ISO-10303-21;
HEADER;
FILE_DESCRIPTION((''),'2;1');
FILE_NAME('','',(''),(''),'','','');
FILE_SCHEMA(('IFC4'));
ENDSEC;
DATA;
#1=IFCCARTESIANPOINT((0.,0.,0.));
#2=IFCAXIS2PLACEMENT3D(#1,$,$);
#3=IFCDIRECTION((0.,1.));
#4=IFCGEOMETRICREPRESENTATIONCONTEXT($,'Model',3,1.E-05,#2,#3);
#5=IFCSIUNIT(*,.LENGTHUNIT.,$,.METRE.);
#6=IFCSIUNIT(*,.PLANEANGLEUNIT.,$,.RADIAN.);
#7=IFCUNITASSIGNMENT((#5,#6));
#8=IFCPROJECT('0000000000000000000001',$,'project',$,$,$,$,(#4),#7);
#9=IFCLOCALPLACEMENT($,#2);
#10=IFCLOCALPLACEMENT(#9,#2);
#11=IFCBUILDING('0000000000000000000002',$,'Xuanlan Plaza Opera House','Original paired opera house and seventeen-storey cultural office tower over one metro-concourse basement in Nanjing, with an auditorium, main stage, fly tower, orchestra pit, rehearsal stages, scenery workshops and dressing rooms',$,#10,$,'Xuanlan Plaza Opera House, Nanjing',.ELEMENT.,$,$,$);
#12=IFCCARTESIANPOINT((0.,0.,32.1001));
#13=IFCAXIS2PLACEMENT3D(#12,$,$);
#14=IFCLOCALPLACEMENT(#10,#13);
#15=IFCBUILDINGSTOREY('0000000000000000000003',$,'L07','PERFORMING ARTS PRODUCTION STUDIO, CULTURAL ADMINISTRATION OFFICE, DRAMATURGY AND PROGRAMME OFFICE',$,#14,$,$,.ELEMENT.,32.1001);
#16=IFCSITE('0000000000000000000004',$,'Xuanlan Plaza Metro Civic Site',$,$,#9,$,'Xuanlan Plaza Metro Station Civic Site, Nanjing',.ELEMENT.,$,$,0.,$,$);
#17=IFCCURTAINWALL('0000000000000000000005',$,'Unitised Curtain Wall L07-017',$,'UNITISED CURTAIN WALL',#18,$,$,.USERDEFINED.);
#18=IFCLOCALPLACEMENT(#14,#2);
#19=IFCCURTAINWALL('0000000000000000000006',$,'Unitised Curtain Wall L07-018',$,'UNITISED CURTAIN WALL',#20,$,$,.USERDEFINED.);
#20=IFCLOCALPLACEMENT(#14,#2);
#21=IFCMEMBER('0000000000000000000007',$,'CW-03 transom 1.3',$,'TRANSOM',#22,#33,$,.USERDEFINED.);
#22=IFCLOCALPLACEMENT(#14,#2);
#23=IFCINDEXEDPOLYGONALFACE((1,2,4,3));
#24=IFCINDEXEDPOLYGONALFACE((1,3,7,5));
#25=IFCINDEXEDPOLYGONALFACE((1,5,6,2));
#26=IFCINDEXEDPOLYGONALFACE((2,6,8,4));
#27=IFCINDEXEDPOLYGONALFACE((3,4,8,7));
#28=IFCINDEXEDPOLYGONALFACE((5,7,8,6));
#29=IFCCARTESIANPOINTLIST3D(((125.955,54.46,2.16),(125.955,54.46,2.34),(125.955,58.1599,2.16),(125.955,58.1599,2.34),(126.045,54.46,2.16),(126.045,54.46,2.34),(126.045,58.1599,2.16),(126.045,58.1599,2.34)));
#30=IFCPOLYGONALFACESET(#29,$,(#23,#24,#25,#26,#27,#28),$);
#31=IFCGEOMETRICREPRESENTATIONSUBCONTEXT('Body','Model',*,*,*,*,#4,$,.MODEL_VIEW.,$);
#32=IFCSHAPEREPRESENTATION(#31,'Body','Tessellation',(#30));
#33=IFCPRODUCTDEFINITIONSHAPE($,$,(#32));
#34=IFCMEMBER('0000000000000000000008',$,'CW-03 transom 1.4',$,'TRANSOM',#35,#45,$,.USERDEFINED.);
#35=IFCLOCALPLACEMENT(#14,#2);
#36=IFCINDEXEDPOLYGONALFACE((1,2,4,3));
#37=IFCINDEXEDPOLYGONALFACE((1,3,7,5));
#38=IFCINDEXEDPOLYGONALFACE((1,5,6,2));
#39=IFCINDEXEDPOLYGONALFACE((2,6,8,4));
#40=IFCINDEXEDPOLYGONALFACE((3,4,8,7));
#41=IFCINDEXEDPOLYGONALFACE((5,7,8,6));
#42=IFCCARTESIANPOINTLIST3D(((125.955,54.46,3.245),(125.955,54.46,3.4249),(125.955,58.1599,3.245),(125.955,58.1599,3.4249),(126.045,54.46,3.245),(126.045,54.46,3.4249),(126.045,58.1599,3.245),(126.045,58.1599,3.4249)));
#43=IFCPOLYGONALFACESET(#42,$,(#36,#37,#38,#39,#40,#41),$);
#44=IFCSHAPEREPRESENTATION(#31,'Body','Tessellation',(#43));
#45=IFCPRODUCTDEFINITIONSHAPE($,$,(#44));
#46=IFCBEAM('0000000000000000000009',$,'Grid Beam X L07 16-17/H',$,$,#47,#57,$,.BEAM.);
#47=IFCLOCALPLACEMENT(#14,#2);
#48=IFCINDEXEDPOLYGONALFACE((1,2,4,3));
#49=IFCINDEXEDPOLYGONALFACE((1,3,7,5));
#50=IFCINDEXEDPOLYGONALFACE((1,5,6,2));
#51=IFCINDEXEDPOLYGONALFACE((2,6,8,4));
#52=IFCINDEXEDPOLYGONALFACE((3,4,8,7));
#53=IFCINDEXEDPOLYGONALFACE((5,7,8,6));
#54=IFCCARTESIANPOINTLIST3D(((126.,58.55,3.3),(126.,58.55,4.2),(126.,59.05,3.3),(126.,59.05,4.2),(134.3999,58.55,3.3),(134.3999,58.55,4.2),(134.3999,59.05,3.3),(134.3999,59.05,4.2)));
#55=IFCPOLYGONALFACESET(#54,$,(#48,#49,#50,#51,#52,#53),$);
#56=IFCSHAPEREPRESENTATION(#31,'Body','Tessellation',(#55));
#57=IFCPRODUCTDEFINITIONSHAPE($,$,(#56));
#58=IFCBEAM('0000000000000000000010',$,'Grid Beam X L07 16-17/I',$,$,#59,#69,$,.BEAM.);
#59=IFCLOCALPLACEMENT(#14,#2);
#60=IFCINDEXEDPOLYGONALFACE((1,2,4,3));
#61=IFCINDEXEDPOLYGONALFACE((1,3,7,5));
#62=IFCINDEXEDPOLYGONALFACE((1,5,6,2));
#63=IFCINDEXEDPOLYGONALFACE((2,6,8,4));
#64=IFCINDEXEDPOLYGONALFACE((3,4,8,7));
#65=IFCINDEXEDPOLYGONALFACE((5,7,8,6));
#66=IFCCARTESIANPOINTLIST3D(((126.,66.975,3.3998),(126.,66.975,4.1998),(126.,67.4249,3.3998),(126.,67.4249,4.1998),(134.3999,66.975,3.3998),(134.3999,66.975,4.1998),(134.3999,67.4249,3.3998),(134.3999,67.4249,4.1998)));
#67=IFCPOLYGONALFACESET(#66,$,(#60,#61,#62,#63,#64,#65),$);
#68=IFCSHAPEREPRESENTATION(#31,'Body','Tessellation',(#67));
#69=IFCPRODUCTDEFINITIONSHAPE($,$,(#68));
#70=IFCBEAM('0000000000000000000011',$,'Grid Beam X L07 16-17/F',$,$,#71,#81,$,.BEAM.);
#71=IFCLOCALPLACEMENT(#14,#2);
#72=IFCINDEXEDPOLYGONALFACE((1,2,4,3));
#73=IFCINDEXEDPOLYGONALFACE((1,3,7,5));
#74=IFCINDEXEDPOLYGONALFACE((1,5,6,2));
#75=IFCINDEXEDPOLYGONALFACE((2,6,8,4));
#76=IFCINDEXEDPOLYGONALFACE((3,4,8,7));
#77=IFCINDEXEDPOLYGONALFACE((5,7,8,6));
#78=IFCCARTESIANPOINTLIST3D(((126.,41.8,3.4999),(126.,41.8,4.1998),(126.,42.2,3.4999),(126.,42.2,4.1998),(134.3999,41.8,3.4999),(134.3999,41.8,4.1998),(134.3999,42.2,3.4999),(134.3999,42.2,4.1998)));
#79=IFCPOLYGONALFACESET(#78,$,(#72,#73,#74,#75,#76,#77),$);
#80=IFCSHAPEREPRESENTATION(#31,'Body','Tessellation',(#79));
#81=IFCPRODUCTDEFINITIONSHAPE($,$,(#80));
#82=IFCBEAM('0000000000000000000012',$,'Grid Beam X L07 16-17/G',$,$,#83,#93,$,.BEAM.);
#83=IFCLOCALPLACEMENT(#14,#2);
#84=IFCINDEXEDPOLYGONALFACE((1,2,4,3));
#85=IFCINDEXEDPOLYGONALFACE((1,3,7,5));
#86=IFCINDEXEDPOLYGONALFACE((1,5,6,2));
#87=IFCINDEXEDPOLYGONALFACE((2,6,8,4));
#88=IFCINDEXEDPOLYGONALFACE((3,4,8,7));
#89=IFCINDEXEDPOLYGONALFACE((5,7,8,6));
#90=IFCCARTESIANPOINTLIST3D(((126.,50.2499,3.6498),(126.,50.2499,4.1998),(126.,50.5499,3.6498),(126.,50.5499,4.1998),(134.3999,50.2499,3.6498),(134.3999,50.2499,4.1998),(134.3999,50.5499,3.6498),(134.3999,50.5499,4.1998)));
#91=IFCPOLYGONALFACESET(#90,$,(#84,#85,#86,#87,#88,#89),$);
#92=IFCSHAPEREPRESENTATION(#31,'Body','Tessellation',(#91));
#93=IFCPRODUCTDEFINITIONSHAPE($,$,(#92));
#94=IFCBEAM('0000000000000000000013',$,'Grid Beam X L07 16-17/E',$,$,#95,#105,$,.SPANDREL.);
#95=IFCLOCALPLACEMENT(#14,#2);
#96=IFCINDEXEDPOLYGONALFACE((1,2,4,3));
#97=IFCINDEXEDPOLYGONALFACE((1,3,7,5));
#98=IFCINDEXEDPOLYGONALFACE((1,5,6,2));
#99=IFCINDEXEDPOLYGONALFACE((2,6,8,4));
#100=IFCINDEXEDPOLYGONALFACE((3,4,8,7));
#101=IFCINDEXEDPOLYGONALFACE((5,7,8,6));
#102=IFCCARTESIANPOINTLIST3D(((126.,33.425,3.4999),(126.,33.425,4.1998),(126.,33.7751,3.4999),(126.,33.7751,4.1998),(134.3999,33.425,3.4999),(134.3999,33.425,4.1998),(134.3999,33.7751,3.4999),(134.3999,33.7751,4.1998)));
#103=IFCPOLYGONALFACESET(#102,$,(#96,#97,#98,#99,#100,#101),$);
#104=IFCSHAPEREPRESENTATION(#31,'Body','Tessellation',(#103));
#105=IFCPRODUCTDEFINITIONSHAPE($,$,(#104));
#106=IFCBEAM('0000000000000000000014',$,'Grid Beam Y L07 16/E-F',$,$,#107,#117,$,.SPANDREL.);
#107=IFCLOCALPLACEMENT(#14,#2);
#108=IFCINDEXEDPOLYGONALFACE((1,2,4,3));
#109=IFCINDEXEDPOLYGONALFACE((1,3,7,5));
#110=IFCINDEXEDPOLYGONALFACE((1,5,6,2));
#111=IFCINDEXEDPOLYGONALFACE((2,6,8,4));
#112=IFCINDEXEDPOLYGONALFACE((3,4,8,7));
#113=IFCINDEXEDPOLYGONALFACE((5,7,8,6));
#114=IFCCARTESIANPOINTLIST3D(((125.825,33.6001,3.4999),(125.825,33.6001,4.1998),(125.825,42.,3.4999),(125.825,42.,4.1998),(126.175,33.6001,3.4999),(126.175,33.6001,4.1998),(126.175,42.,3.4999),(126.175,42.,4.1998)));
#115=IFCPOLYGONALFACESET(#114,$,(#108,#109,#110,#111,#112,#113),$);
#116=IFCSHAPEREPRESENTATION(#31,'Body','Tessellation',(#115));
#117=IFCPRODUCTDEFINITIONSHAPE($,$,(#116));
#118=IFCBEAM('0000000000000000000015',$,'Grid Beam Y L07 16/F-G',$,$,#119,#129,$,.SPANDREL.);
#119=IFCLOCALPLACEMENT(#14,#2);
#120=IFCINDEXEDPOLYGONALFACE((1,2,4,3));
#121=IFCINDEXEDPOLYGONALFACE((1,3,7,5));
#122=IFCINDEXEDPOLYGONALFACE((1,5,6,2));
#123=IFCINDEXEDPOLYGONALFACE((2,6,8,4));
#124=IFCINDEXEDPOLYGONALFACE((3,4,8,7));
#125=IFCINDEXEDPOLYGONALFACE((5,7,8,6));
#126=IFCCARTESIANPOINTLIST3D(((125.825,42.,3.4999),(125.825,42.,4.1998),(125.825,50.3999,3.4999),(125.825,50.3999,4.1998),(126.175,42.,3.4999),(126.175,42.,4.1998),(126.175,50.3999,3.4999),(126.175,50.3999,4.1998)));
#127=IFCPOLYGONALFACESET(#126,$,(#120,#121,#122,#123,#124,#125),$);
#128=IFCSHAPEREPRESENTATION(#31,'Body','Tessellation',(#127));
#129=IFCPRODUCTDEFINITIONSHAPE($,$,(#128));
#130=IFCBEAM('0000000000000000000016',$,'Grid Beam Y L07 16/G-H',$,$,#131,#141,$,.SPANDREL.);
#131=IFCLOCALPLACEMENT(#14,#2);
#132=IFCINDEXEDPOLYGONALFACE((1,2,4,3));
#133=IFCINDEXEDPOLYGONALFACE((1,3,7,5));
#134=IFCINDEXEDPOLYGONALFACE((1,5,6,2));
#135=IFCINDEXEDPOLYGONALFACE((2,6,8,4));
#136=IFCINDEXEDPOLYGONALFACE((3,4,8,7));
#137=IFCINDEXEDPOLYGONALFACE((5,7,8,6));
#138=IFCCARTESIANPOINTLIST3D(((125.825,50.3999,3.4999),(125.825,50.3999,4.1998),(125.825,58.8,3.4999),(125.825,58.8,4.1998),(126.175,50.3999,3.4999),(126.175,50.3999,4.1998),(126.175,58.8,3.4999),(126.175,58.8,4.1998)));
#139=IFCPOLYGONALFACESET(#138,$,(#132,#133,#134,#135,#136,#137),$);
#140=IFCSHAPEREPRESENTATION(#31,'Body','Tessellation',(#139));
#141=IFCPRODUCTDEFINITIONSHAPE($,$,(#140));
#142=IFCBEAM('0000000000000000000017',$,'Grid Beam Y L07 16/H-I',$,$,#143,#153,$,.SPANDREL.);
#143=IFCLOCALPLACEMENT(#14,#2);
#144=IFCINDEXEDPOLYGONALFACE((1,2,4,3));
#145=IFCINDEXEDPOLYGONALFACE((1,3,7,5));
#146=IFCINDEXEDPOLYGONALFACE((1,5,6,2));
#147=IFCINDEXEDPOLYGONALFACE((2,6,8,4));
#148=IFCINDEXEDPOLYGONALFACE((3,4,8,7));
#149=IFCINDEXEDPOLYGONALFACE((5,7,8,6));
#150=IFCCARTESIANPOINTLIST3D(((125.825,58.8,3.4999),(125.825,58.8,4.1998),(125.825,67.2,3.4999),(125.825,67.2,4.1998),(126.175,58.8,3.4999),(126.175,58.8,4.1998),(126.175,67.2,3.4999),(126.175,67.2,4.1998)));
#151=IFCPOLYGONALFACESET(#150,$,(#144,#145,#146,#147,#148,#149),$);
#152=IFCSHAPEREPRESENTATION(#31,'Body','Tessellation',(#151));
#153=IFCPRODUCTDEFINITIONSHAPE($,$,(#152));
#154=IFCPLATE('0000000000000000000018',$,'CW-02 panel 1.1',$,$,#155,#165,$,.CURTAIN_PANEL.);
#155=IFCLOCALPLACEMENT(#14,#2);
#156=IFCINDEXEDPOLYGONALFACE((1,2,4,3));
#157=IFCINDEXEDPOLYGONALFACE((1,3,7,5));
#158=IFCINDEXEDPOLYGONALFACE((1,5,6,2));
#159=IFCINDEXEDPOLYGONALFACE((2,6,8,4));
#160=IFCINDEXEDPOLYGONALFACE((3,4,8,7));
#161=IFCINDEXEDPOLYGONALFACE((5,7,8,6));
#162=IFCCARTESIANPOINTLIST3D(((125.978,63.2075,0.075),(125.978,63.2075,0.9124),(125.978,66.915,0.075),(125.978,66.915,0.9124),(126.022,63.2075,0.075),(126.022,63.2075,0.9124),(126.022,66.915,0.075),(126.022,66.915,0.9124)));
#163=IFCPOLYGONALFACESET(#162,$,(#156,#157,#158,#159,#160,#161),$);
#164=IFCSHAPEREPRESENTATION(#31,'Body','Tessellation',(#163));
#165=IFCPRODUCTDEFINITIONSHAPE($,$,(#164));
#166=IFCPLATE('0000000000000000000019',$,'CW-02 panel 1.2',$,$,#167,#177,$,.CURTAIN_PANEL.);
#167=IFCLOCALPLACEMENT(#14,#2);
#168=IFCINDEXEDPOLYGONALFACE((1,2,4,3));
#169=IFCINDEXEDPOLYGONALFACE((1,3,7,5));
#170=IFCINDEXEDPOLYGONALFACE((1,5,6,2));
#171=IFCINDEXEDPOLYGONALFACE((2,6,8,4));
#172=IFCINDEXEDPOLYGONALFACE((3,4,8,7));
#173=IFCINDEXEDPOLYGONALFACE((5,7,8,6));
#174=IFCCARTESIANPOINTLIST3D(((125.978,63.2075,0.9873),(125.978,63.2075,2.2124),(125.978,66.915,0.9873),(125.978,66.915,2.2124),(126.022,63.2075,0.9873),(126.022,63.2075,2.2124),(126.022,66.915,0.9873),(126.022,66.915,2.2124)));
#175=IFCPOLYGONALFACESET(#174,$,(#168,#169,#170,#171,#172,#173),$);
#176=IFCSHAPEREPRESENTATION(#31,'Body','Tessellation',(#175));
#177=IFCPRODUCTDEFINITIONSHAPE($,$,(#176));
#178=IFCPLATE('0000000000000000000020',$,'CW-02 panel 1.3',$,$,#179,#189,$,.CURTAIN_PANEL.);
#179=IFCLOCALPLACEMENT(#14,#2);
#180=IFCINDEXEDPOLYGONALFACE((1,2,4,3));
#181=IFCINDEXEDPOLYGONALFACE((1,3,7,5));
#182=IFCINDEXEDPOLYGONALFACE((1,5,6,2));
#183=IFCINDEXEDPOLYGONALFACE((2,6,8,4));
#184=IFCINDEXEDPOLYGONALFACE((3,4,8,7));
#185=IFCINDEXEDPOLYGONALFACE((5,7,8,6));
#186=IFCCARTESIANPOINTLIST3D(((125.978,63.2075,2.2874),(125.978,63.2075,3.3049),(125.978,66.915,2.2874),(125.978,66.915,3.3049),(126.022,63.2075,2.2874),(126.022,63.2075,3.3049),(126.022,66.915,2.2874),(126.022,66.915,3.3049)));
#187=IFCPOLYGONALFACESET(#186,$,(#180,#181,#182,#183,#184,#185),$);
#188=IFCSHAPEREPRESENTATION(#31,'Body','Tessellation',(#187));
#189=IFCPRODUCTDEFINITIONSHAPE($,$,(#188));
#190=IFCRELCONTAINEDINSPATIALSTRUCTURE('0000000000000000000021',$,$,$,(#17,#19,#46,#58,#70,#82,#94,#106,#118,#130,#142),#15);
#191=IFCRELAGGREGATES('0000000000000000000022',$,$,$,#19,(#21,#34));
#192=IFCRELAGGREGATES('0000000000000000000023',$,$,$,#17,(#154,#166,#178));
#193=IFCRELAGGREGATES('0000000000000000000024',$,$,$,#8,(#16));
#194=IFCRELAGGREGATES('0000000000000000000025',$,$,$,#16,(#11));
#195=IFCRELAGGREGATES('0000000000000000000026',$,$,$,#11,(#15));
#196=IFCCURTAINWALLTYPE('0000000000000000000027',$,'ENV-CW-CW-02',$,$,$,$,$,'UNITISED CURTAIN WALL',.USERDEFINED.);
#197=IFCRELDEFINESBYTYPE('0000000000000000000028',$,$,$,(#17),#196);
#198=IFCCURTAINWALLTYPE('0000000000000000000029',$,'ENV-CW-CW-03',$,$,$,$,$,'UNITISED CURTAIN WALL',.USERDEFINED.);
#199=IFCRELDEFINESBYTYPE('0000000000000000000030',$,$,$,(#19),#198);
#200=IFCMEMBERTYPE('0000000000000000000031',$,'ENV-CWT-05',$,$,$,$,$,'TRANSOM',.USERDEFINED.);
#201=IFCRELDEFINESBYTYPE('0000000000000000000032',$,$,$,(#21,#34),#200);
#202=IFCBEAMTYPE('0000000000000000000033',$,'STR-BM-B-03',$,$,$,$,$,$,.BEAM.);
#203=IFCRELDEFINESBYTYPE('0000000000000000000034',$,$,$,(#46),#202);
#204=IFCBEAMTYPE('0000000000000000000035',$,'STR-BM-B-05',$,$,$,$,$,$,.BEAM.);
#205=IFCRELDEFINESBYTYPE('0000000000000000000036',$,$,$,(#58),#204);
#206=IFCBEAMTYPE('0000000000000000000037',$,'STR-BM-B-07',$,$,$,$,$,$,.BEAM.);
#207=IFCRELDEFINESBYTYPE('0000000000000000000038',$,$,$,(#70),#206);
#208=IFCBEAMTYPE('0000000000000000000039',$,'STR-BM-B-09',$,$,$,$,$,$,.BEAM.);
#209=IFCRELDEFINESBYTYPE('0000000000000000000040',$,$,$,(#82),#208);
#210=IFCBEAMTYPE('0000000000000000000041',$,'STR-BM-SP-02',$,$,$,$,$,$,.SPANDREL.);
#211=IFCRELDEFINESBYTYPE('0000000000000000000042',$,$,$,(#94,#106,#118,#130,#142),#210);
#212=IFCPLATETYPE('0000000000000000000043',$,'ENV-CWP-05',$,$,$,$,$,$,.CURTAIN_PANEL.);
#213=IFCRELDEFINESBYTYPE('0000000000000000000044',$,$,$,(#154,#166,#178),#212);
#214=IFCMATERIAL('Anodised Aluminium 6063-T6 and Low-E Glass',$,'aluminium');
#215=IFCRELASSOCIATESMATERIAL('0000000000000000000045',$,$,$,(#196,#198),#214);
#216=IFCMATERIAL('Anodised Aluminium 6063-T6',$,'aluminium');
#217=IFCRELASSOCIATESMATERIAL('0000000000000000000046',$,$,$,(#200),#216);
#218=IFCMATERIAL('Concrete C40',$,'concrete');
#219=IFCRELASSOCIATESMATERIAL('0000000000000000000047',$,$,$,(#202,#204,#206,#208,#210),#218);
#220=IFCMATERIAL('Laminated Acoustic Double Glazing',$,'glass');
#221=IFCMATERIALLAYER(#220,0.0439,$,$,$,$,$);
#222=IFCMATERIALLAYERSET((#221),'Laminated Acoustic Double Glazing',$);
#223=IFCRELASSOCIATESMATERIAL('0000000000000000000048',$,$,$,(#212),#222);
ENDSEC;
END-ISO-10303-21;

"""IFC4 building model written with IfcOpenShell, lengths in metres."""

from ifc_helpers import new_model, si_unit, direction, frame, origin, origin_2d, place, context, subcontext, project, spatial, rectangle, extrude, material, layer, layer_set, material_profile, profile_set, type_object, element, aggregate, save


model = new_model("IFC4")

# Units and contexts
model_context = context("Model", 3, precision=1e-05, world=origin(), true_north=direction((0.0, 1.0)))
body_context = subcontext(model_context, "Body", "Model", "MODEL_VIEW")
ifc_project = project(units=[si_unit("LENGTHUNIT", "METRE"), si_unit("PLANEANGLEUNIT", "RADIAN")], contexts=[model_context])

# Site, building, storey
site_placement = place(None, origin())
site = spatial("IfcSite", under=ifc_project, at=site_placement, Name="Xuanlan Plaza Metro Civic Site", LongName="Xuanlan Plaza Metro Station Civic Site, Nanjing", CompositionType="ELEMENT", RefElevation=0.0)
building_placement = place(site_placement, origin())
building = spatial("IfcBuilding", under=site, at=building_placement, Name="Xuanlan Plaza Opera House", Description="Original paired opera house and seventeen-storey cultural office tower over one metro-concourse basement in Nanjing, with an auditorium, main stage, fly tower, orchestra pit, rehearsal stages, scenery workshops and dressing rooms", LongName="Xuanlan Plaza Opera House, Nanjing", CompositionType="ELEMENT")
storey_placement = place(building_placement, frame((0.0, 0.0, 32.1001)))
storey = spatial("IfcBuildingStorey", under=building, at=storey_placement, Name="L07", Description="PERFORMING ARTS PRODUCTION STUDIO, CULTURAL ADMINISTRATION OFFICE, DRAMATURGY AND PROGRAMME OFFICE", CompositionType="ELEMENT", Elevation=32.1001)

# Curtain walls
ifc_material_1 = material(Name="Anodised Aluminium 6063-T6 and Low-E Glass", Category="aluminium")
curtain_wall_type_1 = type_object("IfcCurtainWallType", Name="ENV-CW-CW-02", ElementType="UNITISED CURTAIN WALL", PredefinedType="USERDEFINED", material=ifc_material_1)
curtain_wall_1_placement = place(storey_placement, origin())
curtain_wall_1 = element("IfcCurtainWall", 1, at=curtain_wall_1_placement, inside=storey, type_object=curtain_wall_type_1, Name="Unitised Curtain Wall L07-017", ObjectType="UNITISED CURTAIN WALL", PredefinedType="USERDEFINED")
ifc_material_2 = material(Name="Anodised Aluminium 6063-T6", Category="aluminium")
curtain_wall_type_2 = type_object("IfcCurtainWallType", Name="ENV-CW-CW-03", ElementType="UNITISED CURTAIN WALL", PredefinedType="USERDEFINED", material=ifc_material_1)
curtain_wall_2_placement = place(storey_placement, origin())
curtain_wall_2 = element("IfcCurtainWall", 2, at=curtain_wall_2_placement, inside=storey, type_object=curtain_wall_type_2, Name="Unitised Curtain Wall L07-018", ObjectType="UNITISED CURTAIN WALL", PredefinedType="USERDEFINED")

# Members
ifc_material_profile_1 = material_profile(ifc_material_2, rectangle(XDim=0.0901, YDim=0.1799, at=origin_2d()), Name="ALU-T 90x180")
ifc_profile_set_1 = profile_set([ifc_material_profile_1], Name="Anodised Aluminium 6063-T6")
member_type_1 = type_object("IfcMemberType", Name="ENV-CWT-05", ElementType="TRANSOM", PredefinedType="USERDEFINED", material=ifc_profile_set_1)
member_1_placement = place(storey_placement, frame((126.0, 58.1599, 2.25), z_axis=(0.0, -1.0, 0.0), x_axis=(1.0, 0.0, 0.0)))
member_1 = element("IfcMember", 3, at=member_1_placement, type_object=member_type_1, Name="CW-03 transom 1.3", ObjectType="TRANSOM", PredefinedType="USERDEFINED", context=body_context, shape_type="SweptSolid", body=[
    extrude(rectangle(XDim=0.0901, YDim=0.1799, at=origin_2d()), origin(), (0.0, 0.0, 1.0), 3.7),
])
member_2_placement = place(storey_placement, frame((126.0, 58.1599, 3.335), z_axis=(0.0, -1.0, 0.0), x_axis=(1.0, 0.0, 0.0)))
member_2 = element("IfcMember", 4, at=member_2_placement, type_object=member_type_1, Name="CW-03 transom 1.4", ObjectType="TRANSOM", PredefinedType="USERDEFINED", context=body_context, shape_type="SweptSolid", body=[
    extrude(rectangle(XDim=0.0901, YDim=0.1799, at=origin_2d()), origin(), (0.0, 0.0, 1.0), 3.7),
])
aggregate(curtain_wall_2, [member_1, member_2])

# Beams
ifc_material_3 = material(Name="Concrete C40", Category="concrete")
ifc_material_profile_2 = material_profile(ifc_material_3, rectangle(XDim=0.5, YDim=0.8999, at=origin_2d()), Name="RC-BM 500x900")
ifc_profile_set_2 = profile_set([ifc_material_profile_2], Name="Concrete C40")
beam_type_1 = type_object("IfcBeamType", Name="STR-BM-B-03", PredefinedType="BEAM", material=ifc_profile_set_2)
beam_1_placement = place(storey_placement, frame((126.0, 58.8, 3.75), z_axis=(1.0, 0.0, 0.0), x_axis=(0.0, 1.0, 0.0)))
element("IfcBeam", 5, at=beam_1_placement, inside=storey, type_object=beam_type_1, Name="Grid Beam X L07 16-17/H", PredefinedType="BEAM", context=body_context, shape_type="SweptSolid", body=[
    extrude(rectangle(XDim=0.5, YDim=0.8999, at=origin_2d()), origin(), (0.0, 0.0, 1.0), 8.3999),
])
ifc_material_profile_3 = material_profile(ifc_material_3, rectangle(XDim=0.45, YDim=0.8, at=origin_2d()), Name="RC-BM 450x800")
ifc_profile_set_3 = profile_set([ifc_material_profile_3], Name="Concrete C40")
beam_type_2 = type_object("IfcBeamType", Name="STR-BM-B-05", PredefinedType="BEAM", material=ifc_profile_set_3)
beam_2_placement = place(storey_placement, frame((126.0, 67.2, 3.7998), z_axis=(1.0, 0.0, 0.0), x_axis=(0.0, 1.0, 0.0)))
element("IfcBeam", 6, at=beam_2_placement, inside=storey, type_object=beam_type_2, Name="Grid Beam X L07 16-17/I", PredefinedType="BEAM", context=body_context, shape_type="SweptSolid", body=[
    extrude(rectangle(XDim=0.45, YDim=0.8, at=origin_2d()), origin(), (0.0, 0.0, 1.0), 8.3999),
])
ifc_material_profile_4 = material_profile(ifc_material_3, rectangle(XDim=0.3999, YDim=0.7, at=origin_2d()), Name="RC-BM 400x700")
ifc_profile_set_4 = profile_set([ifc_material_profile_4], Name="Concrete C40")
beam_type_3 = type_object("IfcBeamType", Name="STR-BM-B-07", PredefinedType="BEAM", material=ifc_profile_set_4)
beam_3_placement = place(storey_placement, frame((126.0, 42.0, 3.8499), z_axis=(1.0, 0.0, 0.0), x_axis=(0.0, 1.0, 0.0)))
element("IfcBeam", 7, at=beam_3_placement, inside=storey, type_object=beam_type_3, Name="Grid Beam X L07 16-17/F", PredefinedType="BEAM", context=body_context, shape_type="SweptSolid", body=[
    extrude(rectangle(XDim=0.3999, YDim=0.7, at=origin_2d()), origin(), (0.0, 0.0, 1.0), 8.3999),
])
ifc_material_profile_5 = material_profile(ifc_material_3, rectangle(XDim=0.3, YDim=0.55, at=origin_2d()), Name="RC-BM 300x550")
ifc_profile_set_5 = profile_set([ifc_material_profile_5], Name="Concrete C40")
beam_type_4 = type_object("IfcBeamType", Name="STR-BM-B-09", PredefinedType="BEAM", material=ifc_profile_set_5)
beam_4_placement = place(storey_placement, frame((126.0, 50.3999, 3.9248), z_axis=(1.0, 0.0, 0.0), x_axis=(0.0, 1.0, 0.0)))
element("IfcBeam", 8, at=beam_4_placement, inside=storey, type_object=beam_type_4, Name="Grid Beam X L07 16-17/G", PredefinedType="BEAM", context=body_context, shape_type="SweptSolid", body=[
    extrude(rectangle(XDim=0.3, YDim=0.55, at=origin_2d()), origin(), (0.0, 0.0, 1.0), 8.3999),
])
ifc_material_profile_6 = material_profile(ifc_material_3, rectangle(XDim=0.3501, YDim=0.7, at=origin_2d()), Name="RC-SPD 350x700")
ifc_profile_set_6 = profile_set([ifc_material_profile_6], Name="Concrete C40")
beam_type_5 = type_object("IfcBeamType", Name="STR-BM-SP-02", PredefinedType="SPANDREL", material=ifc_profile_set_6)
for number, where, z_axis, x_axis, name in (
    (9, (126.0, 33.6001, 3.8499), (1.0, 0.0, 0.0), (0.0, 1.0, 0.0), "Grid Beam X L07 16-17/E"),
    (10, (126.0, 33.6001, 3.8499), (0.0, 1.0, 0.0), (-1.0, 0.0, 0.0), "Grid Beam Y L07 16/E-F"),
    (11, (126.0, 42.0, 3.8499), (0.0, 1.0, 0.0), (-1.0, 0.0, 0.0), "Grid Beam Y L07 16/F-G"),
):
    element("IfcBeam", number, at=place(storey_placement, frame(where, z_axis=z_axis, x_axis=x_axis)), inside=storey, type_object=beam_type_5, Name=name, PredefinedType="SPANDREL", context=body_context, shape_type="SweptSolid", body=[
        extrude(rectangle(XDim=0.3501, YDim=0.7, at=origin_2d()), origin(), (0.0, 0.0, 1.0), 8.3999),
    ])
beam_5_placement = place(storey_placement, frame((126.0, 50.3999, 3.8499), z_axis=(0.0, 1.0, 0.0), x_axis=(-1.0, 0.0, 0.0)))
element("IfcBeam", 12, at=beam_5_placement, inside=storey, type_object=beam_type_5, Name="Grid Beam Y L07 16/G-H", PredefinedType="SPANDREL", context=body_context, shape_type="SweptSolid", body=[
    extrude(rectangle(XDim=0.3501, YDim=0.7, at=origin_2d()), origin(), (0.0, 0.0, 1.0), 8.4001),
])
beam_6_placement = place(storey_placement, frame((126.0, 58.8, 3.8499), z_axis=(0.0, 1.0, 0.0), x_axis=(-1.0, 0.0, 0.0)))
element("IfcBeam", 13, at=beam_6_placement, inside=storey, type_object=beam_type_5, Name="Grid Beam Y L07 16/H-I", PredefinedType="SPANDREL", context=body_context, shape_type="SweptSolid", body=[
    extrude(rectangle(XDim=0.3501, YDim=0.7, at=origin_2d()), origin(), (0.0, 0.0, 1.0), 8.3999),
])

# Plates
ifc_material_4 = material(Name="Laminated Acoustic Double Glazing", Category="glass")
ifc_layer = layer(ifc_material_4, 0.0439)
ifc_layer_set = layer_set([ifc_layer], Name="Laminated Acoustic Double Glazing")
plate_type = type_object("IfcPlateType", Name="ENV-CWP-05", PredefinedType="CURTAIN_PANEL", material=ifc_layer_set)
plate_1_placement = place(storey_placement, frame((126.0, 65.0613, 0.075), z_axis=(0.0, 0.0, 1.0), x_axis=(0.0, -1.0, 0.0)))
plate_1 = element("IfcPlate", 14, at=plate_1_placement, type_object=plate_type, Name="CW-02 panel 1.1", PredefinedType="CURTAIN_PANEL", context=body_context, shape_type="SweptSolid", body=[
    extrude(rectangle(XDim=3.7075, YDim=0.0439, at=origin_2d()), origin(), (0.0, 0.0, 1.0), 0.8374),
])
plate_2_placement = place(storey_placement, frame((126.0, 65.0613, 0.9873), z_axis=(0.0, 0.0, 1.0), x_axis=(0.0, -1.0, 0.0)))
plate_2 = element("IfcPlate", 15, at=plate_2_placement, type_object=plate_type, Name="CW-02 panel 1.2", PredefinedType="CURTAIN_PANEL", context=body_context, shape_type="SweptSolid", body=[
    extrude(rectangle(XDim=3.7075, YDim=0.0439, at=origin_2d()), origin(), (0.0, 0.0, 1.0), 1.2251),
])
plate_3_placement = place(storey_placement, frame((126.0, 65.0613, 2.2874), z_axis=(0.0, 0.0, 1.0), x_axis=(0.0, -1.0, 0.0)))
plate_3 = element("IfcPlate", 16, at=plate_3_placement, type_object=plate_type, Name="CW-02 panel 1.3", PredefinedType="CURTAIN_PANEL", context=body_context, shape_type="SweptSolid", body=[
    extrude(rectangle(XDim=3.7075, YDim=0.0439, at=origin_2d()), origin(), (0.0, 0.0, 1.0), 1.0176),
])
aggregate(curtain_wall_1, [plate_1, plate_2, plate_3])

save(model, "model.ifc")
